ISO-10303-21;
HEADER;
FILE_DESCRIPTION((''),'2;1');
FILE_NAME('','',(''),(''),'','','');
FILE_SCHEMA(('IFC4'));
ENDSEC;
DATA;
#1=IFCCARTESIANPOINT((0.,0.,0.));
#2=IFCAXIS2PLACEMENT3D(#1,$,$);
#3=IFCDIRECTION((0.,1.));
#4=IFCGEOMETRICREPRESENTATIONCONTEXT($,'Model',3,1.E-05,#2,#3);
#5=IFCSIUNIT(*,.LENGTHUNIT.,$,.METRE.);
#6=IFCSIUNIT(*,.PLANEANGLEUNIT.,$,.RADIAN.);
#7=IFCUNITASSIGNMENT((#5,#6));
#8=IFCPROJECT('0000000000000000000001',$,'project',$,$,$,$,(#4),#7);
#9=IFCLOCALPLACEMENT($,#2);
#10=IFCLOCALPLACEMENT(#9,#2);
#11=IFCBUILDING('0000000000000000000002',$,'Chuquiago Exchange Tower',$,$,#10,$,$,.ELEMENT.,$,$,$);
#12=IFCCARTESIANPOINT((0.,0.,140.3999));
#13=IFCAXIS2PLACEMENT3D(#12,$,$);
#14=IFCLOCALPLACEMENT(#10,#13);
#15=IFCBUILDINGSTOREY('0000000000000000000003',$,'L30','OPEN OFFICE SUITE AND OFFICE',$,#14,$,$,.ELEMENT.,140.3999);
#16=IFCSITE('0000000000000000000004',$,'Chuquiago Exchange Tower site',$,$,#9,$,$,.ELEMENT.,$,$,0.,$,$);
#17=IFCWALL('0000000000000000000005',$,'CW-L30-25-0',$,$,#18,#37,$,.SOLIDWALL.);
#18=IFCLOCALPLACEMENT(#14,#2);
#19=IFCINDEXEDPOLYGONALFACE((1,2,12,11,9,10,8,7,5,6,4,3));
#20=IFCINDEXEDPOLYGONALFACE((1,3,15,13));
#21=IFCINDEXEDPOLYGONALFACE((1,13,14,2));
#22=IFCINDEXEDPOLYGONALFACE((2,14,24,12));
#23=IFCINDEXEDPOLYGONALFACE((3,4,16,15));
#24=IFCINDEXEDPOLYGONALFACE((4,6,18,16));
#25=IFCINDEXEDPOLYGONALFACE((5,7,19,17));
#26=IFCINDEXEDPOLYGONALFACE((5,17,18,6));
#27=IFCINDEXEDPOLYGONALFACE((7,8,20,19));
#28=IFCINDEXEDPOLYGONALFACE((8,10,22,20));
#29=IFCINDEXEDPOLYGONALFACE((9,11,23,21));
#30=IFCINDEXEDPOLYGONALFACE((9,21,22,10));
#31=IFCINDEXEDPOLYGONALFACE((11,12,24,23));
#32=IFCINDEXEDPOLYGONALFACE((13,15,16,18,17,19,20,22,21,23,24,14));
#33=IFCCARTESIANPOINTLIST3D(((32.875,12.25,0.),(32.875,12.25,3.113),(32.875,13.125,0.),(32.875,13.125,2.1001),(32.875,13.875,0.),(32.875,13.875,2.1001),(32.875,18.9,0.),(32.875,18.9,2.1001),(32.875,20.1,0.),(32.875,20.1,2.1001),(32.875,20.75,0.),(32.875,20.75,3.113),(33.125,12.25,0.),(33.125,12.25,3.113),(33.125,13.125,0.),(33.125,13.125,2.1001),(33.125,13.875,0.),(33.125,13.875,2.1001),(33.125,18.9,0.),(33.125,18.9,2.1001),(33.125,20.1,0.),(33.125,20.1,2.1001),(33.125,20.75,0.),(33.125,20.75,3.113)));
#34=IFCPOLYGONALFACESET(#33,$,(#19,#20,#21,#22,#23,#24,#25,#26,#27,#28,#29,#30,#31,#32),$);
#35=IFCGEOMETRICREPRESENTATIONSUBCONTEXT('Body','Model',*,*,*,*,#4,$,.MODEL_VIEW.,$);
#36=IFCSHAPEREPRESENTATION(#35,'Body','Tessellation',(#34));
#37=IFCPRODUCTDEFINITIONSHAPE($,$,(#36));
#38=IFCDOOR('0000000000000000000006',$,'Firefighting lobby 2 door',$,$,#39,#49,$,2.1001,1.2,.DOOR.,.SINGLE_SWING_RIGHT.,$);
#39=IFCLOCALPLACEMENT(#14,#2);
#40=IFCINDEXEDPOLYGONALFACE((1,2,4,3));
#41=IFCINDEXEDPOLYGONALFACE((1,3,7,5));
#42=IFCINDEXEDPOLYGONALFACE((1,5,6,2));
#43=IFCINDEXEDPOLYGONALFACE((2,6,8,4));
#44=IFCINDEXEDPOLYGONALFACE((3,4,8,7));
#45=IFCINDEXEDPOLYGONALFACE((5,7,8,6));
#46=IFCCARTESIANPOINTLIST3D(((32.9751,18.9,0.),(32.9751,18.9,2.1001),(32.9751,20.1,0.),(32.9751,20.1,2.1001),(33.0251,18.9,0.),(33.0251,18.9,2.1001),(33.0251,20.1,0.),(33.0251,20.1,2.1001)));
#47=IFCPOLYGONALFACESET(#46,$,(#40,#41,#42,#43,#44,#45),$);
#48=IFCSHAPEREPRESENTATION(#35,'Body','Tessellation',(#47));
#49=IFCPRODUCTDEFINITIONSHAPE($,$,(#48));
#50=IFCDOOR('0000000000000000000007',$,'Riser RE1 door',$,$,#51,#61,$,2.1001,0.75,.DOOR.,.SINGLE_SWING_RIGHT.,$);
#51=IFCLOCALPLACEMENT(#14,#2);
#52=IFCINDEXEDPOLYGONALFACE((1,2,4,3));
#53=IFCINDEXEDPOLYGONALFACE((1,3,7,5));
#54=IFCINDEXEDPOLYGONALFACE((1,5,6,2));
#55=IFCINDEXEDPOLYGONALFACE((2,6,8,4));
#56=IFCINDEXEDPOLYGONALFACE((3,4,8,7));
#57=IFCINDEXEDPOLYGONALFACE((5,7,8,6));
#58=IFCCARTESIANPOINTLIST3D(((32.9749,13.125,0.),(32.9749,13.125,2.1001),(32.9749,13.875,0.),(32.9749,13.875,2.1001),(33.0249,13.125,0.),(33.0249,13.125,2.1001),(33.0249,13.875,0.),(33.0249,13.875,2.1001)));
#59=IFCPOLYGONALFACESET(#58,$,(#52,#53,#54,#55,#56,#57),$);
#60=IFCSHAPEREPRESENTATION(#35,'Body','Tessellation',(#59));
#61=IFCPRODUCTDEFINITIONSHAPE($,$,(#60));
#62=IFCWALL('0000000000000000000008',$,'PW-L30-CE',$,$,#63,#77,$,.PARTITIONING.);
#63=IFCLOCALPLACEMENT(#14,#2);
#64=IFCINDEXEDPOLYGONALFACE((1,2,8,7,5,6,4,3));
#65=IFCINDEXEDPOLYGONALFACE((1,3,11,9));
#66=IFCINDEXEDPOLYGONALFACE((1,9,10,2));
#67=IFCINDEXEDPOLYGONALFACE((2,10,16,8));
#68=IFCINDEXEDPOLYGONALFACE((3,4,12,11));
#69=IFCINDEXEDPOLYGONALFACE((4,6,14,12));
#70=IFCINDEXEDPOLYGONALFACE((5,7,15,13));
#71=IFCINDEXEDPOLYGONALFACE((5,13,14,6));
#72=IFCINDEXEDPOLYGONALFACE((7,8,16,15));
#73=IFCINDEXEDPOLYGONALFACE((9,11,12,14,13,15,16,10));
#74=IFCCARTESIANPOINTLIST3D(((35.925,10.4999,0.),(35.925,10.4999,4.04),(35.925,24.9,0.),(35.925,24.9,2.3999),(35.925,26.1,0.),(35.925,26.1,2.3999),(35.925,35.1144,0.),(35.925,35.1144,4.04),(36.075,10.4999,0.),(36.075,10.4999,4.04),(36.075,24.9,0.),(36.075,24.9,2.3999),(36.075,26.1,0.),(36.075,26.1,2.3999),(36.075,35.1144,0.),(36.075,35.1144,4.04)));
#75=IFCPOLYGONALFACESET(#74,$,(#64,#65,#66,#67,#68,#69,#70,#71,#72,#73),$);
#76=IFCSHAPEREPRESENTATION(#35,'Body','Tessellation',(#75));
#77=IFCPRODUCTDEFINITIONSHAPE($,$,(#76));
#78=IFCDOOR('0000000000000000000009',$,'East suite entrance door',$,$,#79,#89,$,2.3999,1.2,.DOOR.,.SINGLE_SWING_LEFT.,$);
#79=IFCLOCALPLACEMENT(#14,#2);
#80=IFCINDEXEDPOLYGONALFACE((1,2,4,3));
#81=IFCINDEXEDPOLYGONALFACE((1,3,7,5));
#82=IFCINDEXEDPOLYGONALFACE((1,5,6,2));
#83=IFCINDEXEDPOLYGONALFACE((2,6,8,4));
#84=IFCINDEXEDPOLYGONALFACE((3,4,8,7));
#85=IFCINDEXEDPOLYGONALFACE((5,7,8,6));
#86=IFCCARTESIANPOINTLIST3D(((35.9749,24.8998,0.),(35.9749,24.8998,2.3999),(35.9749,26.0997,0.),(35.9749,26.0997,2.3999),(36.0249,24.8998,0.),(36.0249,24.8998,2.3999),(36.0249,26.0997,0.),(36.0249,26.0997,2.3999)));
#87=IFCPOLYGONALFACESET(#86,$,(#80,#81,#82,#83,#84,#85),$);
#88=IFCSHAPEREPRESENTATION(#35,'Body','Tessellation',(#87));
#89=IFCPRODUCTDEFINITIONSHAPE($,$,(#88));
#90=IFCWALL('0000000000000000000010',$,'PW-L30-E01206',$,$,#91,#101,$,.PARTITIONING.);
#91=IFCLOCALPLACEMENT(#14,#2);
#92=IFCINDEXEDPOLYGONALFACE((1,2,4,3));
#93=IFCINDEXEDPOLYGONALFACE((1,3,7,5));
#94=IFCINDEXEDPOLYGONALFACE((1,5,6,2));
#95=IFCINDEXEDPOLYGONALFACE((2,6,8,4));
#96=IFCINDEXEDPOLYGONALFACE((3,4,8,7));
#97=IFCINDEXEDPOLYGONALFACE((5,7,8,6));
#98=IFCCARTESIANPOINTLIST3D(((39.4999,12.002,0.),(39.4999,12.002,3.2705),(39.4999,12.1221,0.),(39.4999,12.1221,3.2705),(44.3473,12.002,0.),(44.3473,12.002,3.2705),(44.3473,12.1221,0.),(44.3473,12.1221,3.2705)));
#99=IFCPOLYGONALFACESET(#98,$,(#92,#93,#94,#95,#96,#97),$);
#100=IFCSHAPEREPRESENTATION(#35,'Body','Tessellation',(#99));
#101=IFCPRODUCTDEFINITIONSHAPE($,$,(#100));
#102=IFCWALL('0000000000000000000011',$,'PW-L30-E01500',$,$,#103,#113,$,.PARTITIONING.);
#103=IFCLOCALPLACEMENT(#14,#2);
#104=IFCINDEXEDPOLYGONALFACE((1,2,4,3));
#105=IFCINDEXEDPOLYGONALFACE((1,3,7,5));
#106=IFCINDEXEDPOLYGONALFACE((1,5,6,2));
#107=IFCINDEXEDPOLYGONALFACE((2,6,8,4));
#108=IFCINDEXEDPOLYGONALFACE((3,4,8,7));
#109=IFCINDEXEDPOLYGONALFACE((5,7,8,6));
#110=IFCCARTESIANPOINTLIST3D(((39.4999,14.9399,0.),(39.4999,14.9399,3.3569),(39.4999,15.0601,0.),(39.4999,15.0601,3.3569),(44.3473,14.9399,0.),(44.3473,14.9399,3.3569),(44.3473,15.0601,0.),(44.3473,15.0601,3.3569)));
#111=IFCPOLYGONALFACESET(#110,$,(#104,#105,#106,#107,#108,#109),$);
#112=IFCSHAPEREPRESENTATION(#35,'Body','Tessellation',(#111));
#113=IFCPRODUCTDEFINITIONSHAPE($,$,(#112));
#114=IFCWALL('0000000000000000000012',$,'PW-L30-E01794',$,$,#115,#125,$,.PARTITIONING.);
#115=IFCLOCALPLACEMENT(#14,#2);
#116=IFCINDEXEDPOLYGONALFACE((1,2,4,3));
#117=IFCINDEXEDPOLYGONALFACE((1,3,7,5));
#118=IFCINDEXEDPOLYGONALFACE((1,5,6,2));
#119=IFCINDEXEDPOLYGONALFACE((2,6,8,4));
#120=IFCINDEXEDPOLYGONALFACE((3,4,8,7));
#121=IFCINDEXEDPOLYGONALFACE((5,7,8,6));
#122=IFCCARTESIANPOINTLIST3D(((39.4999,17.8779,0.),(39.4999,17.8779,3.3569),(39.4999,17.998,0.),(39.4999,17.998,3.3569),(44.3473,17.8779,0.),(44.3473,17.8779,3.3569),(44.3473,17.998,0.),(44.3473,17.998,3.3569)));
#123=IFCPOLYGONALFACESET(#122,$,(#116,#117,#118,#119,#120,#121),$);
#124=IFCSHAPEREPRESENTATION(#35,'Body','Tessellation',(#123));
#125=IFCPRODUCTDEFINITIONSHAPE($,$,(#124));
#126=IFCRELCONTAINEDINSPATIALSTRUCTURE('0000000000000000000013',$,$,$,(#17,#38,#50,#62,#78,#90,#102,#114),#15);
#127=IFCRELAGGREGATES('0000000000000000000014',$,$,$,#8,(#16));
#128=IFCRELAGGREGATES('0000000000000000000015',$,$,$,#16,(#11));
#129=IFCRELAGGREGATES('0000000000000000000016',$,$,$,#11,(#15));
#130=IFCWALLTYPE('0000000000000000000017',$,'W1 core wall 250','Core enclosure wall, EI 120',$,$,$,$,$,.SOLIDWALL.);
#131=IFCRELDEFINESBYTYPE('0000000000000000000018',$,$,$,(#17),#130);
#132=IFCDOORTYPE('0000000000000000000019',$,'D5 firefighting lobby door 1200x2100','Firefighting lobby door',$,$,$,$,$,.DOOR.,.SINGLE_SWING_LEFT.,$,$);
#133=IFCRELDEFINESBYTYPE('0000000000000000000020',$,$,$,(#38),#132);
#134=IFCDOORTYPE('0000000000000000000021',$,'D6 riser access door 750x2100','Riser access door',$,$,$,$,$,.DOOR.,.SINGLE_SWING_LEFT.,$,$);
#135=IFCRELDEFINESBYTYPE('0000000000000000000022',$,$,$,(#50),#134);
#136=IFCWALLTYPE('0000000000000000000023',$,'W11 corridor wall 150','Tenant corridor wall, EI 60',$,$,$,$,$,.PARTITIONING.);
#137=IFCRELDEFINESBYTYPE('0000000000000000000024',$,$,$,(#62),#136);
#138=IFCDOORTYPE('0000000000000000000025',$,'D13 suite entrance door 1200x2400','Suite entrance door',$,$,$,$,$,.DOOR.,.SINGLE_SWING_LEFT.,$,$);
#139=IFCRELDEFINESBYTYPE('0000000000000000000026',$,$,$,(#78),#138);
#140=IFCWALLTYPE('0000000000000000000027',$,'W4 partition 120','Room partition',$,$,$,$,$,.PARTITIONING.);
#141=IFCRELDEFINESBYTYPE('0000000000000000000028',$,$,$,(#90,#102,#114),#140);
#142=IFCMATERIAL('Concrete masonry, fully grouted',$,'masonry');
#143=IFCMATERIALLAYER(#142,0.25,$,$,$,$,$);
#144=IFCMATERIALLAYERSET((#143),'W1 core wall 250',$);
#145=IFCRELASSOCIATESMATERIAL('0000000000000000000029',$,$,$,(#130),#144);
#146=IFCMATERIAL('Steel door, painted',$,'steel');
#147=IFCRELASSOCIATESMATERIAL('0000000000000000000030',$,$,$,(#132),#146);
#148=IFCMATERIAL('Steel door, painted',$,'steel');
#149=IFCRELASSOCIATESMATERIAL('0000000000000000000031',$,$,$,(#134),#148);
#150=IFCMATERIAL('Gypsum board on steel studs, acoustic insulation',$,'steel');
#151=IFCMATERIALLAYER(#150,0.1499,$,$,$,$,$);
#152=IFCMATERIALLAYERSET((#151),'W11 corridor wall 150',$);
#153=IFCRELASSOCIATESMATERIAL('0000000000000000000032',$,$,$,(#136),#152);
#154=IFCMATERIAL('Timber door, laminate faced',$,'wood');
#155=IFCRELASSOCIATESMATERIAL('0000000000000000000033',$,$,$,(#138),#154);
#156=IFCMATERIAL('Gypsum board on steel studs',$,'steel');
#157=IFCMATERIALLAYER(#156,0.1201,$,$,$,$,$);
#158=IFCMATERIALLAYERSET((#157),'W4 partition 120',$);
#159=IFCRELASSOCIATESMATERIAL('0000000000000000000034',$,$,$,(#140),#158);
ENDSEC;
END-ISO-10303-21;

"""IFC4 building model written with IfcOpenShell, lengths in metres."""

from ifc_helpers import new_model, si_unit, direction, frame, frame_2d, origin, place, context, subcontext, project, spatial, rectangle, extrude, material, layer, layer_set, type_object, element, fill, save


model = new_model("IFC4")

# Units and contexts
model_context = context("Model", 3, precision=1e-05, world=origin(), true_north=direction((0.0, 1.0)))
body_context = subcontext(model_context, "Body", "Model", "MODEL_VIEW")
ifc_project = project(units=[si_unit("LENGTHUNIT", "METRE"), si_unit("PLANEANGLEUNIT", "RADIAN")], contexts=[model_context])

# Site, building, storey
site_placement = place(None, origin())
site = spatial("IfcSite", under=ifc_project, at=site_placement, Name="Chuquiago Exchange Tower site", CompositionType="ELEMENT", RefElevation=0.0)
building_placement = place(site_placement, origin())
building = spatial("IfcBuilding", under=site, at=building_placement, Name="Chuquiago Exchange Tower", CompositionType="ELEMENT")
storey_placement = place(building_placement, frame((0.0, 0.0, 140.3999)))
storey = spatial("IfcBuildingStorey", under=building, at=storey_placement, Name="L30", Description="OPEN OFFICE SUITE AND OFFICE", CompositionType="ELEMENT", Elevation=140.3999)

# Wall, openings, doors
ifc_material_1 = material(Name="Concrete masonry, fully grouted", Category="masonry")
ifc_layer_1 = layer(ifc_material_1, 0.25)
ifc_layer_set_1 = layer_set([ifc_layer_1], Name="W1 core wall 250")
wall_type_1 = type_object("IfcWallType", Name="W1 core wall 250", Description="Core enclosure wall, EI 120", PredefinedType="SOLIDWALL", material=ifc_layer_set_1)
wall_1_placement = place(storey_placement, frame((33.0, 12.25, 0.0), z_axis=(0.0, 0.0, 1.0), x_axis=(0.0, 1.0, 0.0)))
wall_1 = element("IfcWall", 1, at=wall_1_placement, inside=storey, type_object=wall_type_1, Name="CW-L30-25-0", PredefinedType="SOLIDWALL", context=body_context, shape_type="SweptSolid", body=[
    extrude(rectangle(XDim=8.5, YDim=0.25, at=frame_2d((4.25, 0.0))), origin(), (0.0, 0.0, 1.0), 3.113),
])
opening_1_placement = place(wall_1_placement, frame((6.6499, 0.0, 0.0)))
opening_1 = element("IfcOpeningElement", 2, at=opening_1_placement, cuts=wall_1, PredefinedType="OPENING", context=body_context, shape_type="SweptSolid", body=[
    extrude(rectangle(XDim=1.2, YDim=2.1001, at=frame_2d((0.6001, 1.05))), frame((0.0, 0.135, 0.0), z_axis=(0.0, -1.0, 0.0), x_axis=(1.0, 0.0, 0.0)), (0.0, 0.0, 1.0), 0.27),
])
opening_2_placement = place(wall_1_placement, frame((0.875, 0.0, 0.0)))
opening_2 = element("IfcOpeningElement", 3, at=opening_2_placement, cuts=wall_1, PredefinedType="OPENING", context=body_context, shape_type="SweptSolid", body=[
    extrude(rectangle(XDim=0.75, YDim=2.1001, at=frame_2d((0.375, 1.05))), frame((0.0, 0.135, 0.0), z_axis=(0.0, -1.0, 0.0), x_axis=(1.0, 0.0, 0.0)), (0.0, 0.0, 1.0), 0.27),
])
ifc_material_2 = material(Name="Steel door, painted", Category="steel")
door_type_1 = type_object("IfcDoorType", Name="D5 firefighting lobby door 1200x2100", Description="Firefighting lobby door", OperationType="SINGLE_SWING_LEFT", PredefinedType="DOOR", material=ifc_material_2)
door_1_placement = place(opening_1_placement, origin())
door_1 = element("IfcDoor", 4, at=door_1_placement, inside=storey, type_object=door_type_1, Name="Firefighting lobby 2 door", OperationType="SINGLE_SWING_RIGHT", OverallHeight=2.1001, OverallWidth=1.2, PredefinedType="DOOR", context=body_context, shape_type="SweptSolid", body=[
    extrude(rectangle(XDim=1.2, YDim=2.1001, at=frame_2d((0.6001, 1.05))), frame((0.0, 0.0249, 0.0), z_axis=(0.0, -1.0, 0.0), x_axis=(1.0, 0.0, 0.0)), (0.0, 0.0, 1.0), 0.05),
])
fill(opening_1, door_1)
ifc_material_3 = material(Name="Steel door, painted", Category="steel")
door_type_2 = type_object("IfcDoorType", Name="D6 riser access door 750x2100", Description="Riser access door", OperationType="SINGLE_SWING_LEFT", PredefinedType="DOOR", material=ifc_material_3)
door_2_placement = place(opening_2_placement, frame((0.75, 0.0, 0.0), z_axis=(0.0, 0.0, 1.0), x_axis=(-1.0, 0.0, 0.0)))
door_2 = element("IfcDoor", 5, at=door_2_placement, inside=storey, type_object=door_type_2, Name="Riser RE1 door", OperationType="SINGLE_SWING_RIGHT", OverallHeight=2.1001, OverallWidth=0.75, PredefinedType="DOOR", context=body_context, shape_type="SweptSolid", body=[
    extrude(rectangle(XDim=0.75, YDim=2.1001, at=frame_2d((0.375, 1.05))), frame((0.0, 0.0249, 0.0), z_axis=(0.0, -1.0, 0.0), x_axis=(1.0, 0.0, 0.0)), (0.0, 0.0, 1.0), 0.05),
])
fill(opening_2, door_2)

# Wall, opening, door
ifc_material_4 = material(Name="Gypsum board on steel studs, acoustic insulation", Category="steel")
ifc_layer_2 = layer(ifc_material_4, 0.1499)
ifc_layer_set_2 = layer_set([ifc_layer_2], Name="W11 corridor wall 150")
wall_type_2 = type_object("IfcWallType", Name="W11 corridor wall 150", Description="Tenant corridor wall, EI 60", PredefinedType="PARTITIONING", material=ifc_layer_set_2)
wall_2_placement = place(storey_placement, frame((36.0, 10.5, 0.0), z_axis=(0.0, 0.0, 1.0), x_axis=(0.0, 1.0, 0.0)))
wall_2 = element("IfcWall", 6, at=wall_2_placement, inside=storey, type_object=wall_type_2, Name="PW-L30-CE", PredefinedType="PARTITIONING", context=body_context, shape_type="SweptSolid", body=[
    extrude(rectangle(XDim=24.6145, YDim=0.1499, at=frame_2d((12.3071, 0.0))), origin(), (0.0, 0.0, 1.0), 4.04),
])
opening_3_placement = place(wall_2_placement, frame((14.3999, 0.0, 0.0)))
opening_3 = element("IfcOpeningElement", 7, at=opening_3_placement, cuts=wall_2, PredefinedType="OPENING", context=body_context, shape_type="SweptSolid", body=[
    extrude(rectangle(XDim=1.2, YDim=2.3999, at=frame_2d((0.6001, 1.2))), frame((0.0, 0.085, 0.0), z_axis=(0.0, -1.0, 0.0), x_axis=(1.0, 0.0, 0.0)), (0.0, 0.0, 1.0), 0.1699),
])
ifc_material_5 = material(Name="Timber door, laminate faced", Category="wood")
door_type_3 = type_object("IfcDoorType", Name="D13 suite entrance door 1200x2400", Description="Suite entrance door", OperationType="SINGLE_SWING_LEFT", PredefinedType="DOOR", material=ifc_material_5)
door_3_placement = place(opening_3_placement, frame((1.2, 0.0, 0.0), z_axis=(0.0, 0.0, 1.0), x_axis=(-1.0, 0.0, 0.0)))
door_3 = element("IfcDoor", 8, at=door_3_placement, inside=storey, type_object=door_type_3, Name="East suite entrance door", OperationType="SINGLE_SWING_LEFT", OverallHeight=2.3999, OverallWidth=1.2, PredefinedType="DOOR", context=body_context, shape_type="SweptSolid", body=[
    extrude(rectangle(XDim=1.2, YDim=2.3999, at=frame_2d((0.6001, 1.2))), frame((0.0, 0.0249, 0.0), z_axis=(0.0, -1.0, 0.0), x_axis=(1.0, 0.0, 0.0)), (0.0, 0.0, 1.0), 0.05),
])
fill(opening_3, door_3)

# Walls
ifc_material_6 = material(Name="Gypsum board on steel studs", Category="steel")
ifc_layer_3 = layer(ifc_material_6, 0.1201)
ifc_layer_set_3 = layer_set([ifc_layer_3], Name="W4 partition 120")
wall_type_3 = type_object("IfcWallType", Name="W4 partition 120", Description="Room partition", PredefinedType="PARTITIONING", material=ifc_layer_set_3)
wall_3_placement = place(storey_placement, frame((44.3474, 12.062, 0.0), z_axis=(0.0, 0.0, 1.0), x_axis=(-1.0, 0.0, 0.0)))
element("IfcWall", 9, at=wall_3_placement, inside=storey, type_object=wall_type_3, Name="PW-L30-E01206", PredefinedType="PARTITIONING", context=body_context, shape_type="SweptSolid", body=[
    extrude(rectangle(XDim=4.8474, YDim=0.1201, at=frame_2d((2.4238, 0.0))), origin(), (0.0, 0.0, 1.0), 3.2705),
])
for number, where, z_axis, x_axis, name in (
    (10, (44.3474, 15.0, 0.0), (0.0, 0.0, 1.0), (-1.0, 0.0, 0.0), "PW-L30-E01500"),
    (11, (44.3474, 17.938, 0.0), (0.0, 0.0, 1.0), (-1.0, 0.0, 0.0), "PW-L30-E01794"),
):
    element("IfcWall", number, at=place(storey_placement, frame(where, z_axis=z_axis, x_axis=x_axis)), inside=storey, type_object=wall_type_3, Name=name, PredefinedType="PARTITIONING", context=body_context, shape_type="SweptSolid", body=[
        extrude(rectangle(XDim=4.8474, YDim=0.1201, at=frame_2d((2.4238, 0.0))), origin(), (0.0, 0.0, 1.0), 3.3569),
    ])

save(model, "model.ifc")
